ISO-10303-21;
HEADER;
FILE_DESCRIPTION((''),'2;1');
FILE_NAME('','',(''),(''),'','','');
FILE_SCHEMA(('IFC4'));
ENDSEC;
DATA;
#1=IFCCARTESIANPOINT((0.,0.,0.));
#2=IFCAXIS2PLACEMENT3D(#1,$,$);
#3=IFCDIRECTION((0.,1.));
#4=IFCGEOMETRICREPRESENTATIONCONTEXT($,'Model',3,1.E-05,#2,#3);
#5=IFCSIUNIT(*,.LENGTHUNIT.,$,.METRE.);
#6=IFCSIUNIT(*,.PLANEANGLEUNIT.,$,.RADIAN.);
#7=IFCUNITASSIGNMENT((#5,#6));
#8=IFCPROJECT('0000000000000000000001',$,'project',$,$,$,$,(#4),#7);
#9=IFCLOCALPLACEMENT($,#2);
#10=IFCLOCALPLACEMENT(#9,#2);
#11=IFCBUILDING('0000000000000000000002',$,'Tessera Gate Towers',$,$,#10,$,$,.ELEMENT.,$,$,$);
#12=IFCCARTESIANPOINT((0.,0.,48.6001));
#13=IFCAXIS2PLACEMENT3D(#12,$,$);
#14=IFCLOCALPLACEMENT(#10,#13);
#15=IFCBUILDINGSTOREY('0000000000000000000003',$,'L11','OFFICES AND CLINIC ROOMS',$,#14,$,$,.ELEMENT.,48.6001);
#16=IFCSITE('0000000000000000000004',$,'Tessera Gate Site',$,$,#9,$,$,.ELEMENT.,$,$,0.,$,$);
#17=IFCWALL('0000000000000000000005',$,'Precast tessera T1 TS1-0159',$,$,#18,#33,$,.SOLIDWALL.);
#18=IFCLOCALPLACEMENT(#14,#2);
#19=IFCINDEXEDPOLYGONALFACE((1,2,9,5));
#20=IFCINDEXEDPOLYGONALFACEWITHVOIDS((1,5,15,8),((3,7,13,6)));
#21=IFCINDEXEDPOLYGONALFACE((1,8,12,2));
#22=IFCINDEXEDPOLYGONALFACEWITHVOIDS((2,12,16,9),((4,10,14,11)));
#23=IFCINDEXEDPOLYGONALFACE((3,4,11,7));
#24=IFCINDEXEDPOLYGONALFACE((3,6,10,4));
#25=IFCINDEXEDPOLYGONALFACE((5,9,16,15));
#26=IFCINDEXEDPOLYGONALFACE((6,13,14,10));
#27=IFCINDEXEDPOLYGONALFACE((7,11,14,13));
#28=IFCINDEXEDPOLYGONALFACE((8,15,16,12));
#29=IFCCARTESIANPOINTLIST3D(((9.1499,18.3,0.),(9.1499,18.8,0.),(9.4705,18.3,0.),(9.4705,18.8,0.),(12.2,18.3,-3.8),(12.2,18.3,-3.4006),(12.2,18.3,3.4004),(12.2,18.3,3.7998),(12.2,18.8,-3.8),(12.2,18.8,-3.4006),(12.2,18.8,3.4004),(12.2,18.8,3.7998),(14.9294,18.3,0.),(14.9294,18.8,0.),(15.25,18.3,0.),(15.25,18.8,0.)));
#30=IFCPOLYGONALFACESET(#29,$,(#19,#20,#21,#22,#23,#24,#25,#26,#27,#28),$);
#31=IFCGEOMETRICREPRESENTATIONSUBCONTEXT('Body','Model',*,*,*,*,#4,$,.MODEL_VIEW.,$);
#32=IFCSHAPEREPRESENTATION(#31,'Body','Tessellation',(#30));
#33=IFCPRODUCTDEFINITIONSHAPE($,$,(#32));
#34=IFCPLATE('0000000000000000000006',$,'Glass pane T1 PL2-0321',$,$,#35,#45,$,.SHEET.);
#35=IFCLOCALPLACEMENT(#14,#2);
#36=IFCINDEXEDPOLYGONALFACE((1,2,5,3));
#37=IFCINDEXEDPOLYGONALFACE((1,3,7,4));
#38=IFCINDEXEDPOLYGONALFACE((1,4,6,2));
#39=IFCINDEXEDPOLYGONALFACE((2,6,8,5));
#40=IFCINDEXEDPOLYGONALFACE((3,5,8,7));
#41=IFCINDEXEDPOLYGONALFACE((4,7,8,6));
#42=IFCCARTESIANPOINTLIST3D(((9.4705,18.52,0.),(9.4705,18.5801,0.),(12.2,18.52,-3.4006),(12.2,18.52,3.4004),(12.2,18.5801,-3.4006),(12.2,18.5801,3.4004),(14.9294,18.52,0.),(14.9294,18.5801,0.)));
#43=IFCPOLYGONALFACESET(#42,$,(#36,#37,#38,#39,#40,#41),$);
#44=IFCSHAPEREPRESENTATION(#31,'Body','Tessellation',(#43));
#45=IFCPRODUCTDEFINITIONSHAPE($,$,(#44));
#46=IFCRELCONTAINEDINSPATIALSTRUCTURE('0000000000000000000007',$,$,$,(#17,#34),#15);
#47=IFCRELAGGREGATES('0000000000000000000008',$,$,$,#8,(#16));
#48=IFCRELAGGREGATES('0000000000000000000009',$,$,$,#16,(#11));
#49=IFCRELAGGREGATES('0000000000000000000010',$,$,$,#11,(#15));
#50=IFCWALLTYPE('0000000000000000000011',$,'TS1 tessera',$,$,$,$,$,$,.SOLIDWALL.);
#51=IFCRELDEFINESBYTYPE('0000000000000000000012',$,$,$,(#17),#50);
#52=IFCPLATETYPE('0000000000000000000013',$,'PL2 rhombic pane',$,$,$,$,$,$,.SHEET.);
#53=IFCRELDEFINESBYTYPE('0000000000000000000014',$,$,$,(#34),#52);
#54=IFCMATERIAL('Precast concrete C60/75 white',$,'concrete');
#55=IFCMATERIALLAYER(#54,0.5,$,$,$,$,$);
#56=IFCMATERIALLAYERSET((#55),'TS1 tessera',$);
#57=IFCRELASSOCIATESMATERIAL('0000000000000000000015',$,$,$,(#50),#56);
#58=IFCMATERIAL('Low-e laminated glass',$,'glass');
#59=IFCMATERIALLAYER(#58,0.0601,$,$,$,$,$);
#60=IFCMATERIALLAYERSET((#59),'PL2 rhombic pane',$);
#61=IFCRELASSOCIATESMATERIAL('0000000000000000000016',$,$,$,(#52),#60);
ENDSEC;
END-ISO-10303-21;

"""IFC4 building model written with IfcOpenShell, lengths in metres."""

from ifc_helpers import new_model, si_unit, direction, frame, origin, place, context, subcontext, project, spatial, polyline, outline, extrude, source, transform, mapped, material, layer, layer_set, type_object, element, fill, save


model = new_model("IFC4")

# Units and contexts
model_context = context("Model", 3, precision=1e-05, world=origin(), true_north=direction((0.0, 1.0)))
body_context = subcontext(model_context, "Body", "Model", "MODEL_VIEW")
ifc_project = project(units=[si_unit("LENGTHUNIT", "METRE"), si_unit("PLANEANGLEUNIT", "RADIAN")], contexts=[model_context])

# Site, building, storey
site_placement = place(None, origin())
site = spatial("IfcSite", under=ifc_project, at=site_placement, Name="Tessera Gate Site", CompositionType="ELEMENT", RefElevation=0.0)
building_placement = place(site_placement, origin())
building = spatial("IfcBuilding", under=site, at=building_placement, Name="Tessera Gate Towers", CompositionType="ELEMENT")
storey_placement = place(building_placement, frame((0.0, 0.0, 48.6001)))
storey = spatial("IfcBuildingStorey", under=building, at=storey_placement, Name="L11", Description="OFFICES AND CLINIC ROOMS", CompositionType="ELEMENT", Elevation=48.6001)

# Wall, opening, plate
ifc_material_1 = material(Name="Precast concrete C60/75 white", Category="concrete")
ifc_layer_1 = layer(ifc_material_1, 0.5)
ifc_layer_set_1 = layer_set([ifc_layer_1], Name="TS1 tessera")
wall_type_1 = type_object("IfcWallType", Name="TS1 tessera", PredefinedType="SOLIDWALL", material=ifc_layer_set_1)
shared_shape_1 = source(origin(), body_context, "Body", "SweptSolid", [
    extrude(outline(polyline([(3.05, 0.0), (6.1001, 3.8), (3.05, 7.5999), (0.0, 3.8), (3.05, 0.0)])), frame((0.0, 0.25, 0.0), z_axis=(0.0, -1.0, 0.0), x_axis=(1.0, 0.0, 0.0)), (0.0, 0.0, 1.0), 0.5),
])
wall_1_placement = place(storey_placement, frame((9.1499, 18.55, -3.8), z_axis=(0.0, 0.0, 1.0), x_axis=(1.0, 0.0, 0.0)))
wall_1 = element("IfcWall", 1, at=wall_1_placement, inside=storey, type_object=wall_type_1, Name="Precast tessera T1 TS1-0159", PredefinedType="SOLIDWALL", context=body_context, shape_type="MappedRepresentation", body=[
    mapped(shared_shape_1, transform((0.0, 0.0, 0.0), scale=1.0)),
])
shared_shape_2 = source(origin(), body_context, "Body", "SweptSolid", [
    extrude(outline(polyline([(3.05, 0.3994), (5.7795, 3.8), (3.05, 7.2004), (0.3206, 3.8), (3.05, 0.3994)])), frame((0.0, 0.26, 0.0), z_axis=(0.0, -1.0, 0.0), x_axis=(1.0, 0.0, 0.0)), (0.0, 0.0, 1.0), 0.52),
])
opening_1_placement = place(wall_1_placement, origin())
opening_1 = element("IfcOpeningElement", 2, at=opening_1_placement, cuts=wall_1, PredefinedType="OPENING", context=body_context, shape_type="MappedRepresentation", body=[
    mapped(shared_shape_2, transform((0.0, 0.0, 0.0), scale=1.0)),
])
ifc_material_2 = material(Name="Low-e laminated glass", Category="glass")
ifc_layer_2 = layer(ifc_material_2, 0.0601)
ifc_layer_set_2 = layer_set([ifc_layer_2], Name="PL2 rhombic pane")
plate_type = type_object("IfcPlateType", Name="PL2 rhombic pane", PredefinedType="SHEET", material=ifc_layer_set_2)
shared_shape_3 = source(origin(), body_context, "Body", "SweptSolid", [
    extrude(outline(polyline([(3.05, 0.3994), (5.7795, 3.8), (3.05, 7.2004), (0.3206, 3.8), (3.05, 0.3994)])), frame((0.0, 0.03, 0.0), z_axis=(0.0, -1.0, 0.0), x_axis=(1.0, 0.0, 0.0)), (0.0, 0.0, 1.0), 0.0601),
])
plate_placement = place(opening_1_placement, origin())
plate = element("IfcPlate", 3, at=plate_placement, inside=storey, type_object=plate_type, Name="Glass pane T1 PL2-0321", PredefinedType="SHEET", context=body_context, shape_type="MappedRepresentation", body=[
    mapped(shared_shape_3, transform((0.0, 0.0, 0.0), scale=1.0)),
])
fill(opening_1, plate)

save(model, "model.ifc")
